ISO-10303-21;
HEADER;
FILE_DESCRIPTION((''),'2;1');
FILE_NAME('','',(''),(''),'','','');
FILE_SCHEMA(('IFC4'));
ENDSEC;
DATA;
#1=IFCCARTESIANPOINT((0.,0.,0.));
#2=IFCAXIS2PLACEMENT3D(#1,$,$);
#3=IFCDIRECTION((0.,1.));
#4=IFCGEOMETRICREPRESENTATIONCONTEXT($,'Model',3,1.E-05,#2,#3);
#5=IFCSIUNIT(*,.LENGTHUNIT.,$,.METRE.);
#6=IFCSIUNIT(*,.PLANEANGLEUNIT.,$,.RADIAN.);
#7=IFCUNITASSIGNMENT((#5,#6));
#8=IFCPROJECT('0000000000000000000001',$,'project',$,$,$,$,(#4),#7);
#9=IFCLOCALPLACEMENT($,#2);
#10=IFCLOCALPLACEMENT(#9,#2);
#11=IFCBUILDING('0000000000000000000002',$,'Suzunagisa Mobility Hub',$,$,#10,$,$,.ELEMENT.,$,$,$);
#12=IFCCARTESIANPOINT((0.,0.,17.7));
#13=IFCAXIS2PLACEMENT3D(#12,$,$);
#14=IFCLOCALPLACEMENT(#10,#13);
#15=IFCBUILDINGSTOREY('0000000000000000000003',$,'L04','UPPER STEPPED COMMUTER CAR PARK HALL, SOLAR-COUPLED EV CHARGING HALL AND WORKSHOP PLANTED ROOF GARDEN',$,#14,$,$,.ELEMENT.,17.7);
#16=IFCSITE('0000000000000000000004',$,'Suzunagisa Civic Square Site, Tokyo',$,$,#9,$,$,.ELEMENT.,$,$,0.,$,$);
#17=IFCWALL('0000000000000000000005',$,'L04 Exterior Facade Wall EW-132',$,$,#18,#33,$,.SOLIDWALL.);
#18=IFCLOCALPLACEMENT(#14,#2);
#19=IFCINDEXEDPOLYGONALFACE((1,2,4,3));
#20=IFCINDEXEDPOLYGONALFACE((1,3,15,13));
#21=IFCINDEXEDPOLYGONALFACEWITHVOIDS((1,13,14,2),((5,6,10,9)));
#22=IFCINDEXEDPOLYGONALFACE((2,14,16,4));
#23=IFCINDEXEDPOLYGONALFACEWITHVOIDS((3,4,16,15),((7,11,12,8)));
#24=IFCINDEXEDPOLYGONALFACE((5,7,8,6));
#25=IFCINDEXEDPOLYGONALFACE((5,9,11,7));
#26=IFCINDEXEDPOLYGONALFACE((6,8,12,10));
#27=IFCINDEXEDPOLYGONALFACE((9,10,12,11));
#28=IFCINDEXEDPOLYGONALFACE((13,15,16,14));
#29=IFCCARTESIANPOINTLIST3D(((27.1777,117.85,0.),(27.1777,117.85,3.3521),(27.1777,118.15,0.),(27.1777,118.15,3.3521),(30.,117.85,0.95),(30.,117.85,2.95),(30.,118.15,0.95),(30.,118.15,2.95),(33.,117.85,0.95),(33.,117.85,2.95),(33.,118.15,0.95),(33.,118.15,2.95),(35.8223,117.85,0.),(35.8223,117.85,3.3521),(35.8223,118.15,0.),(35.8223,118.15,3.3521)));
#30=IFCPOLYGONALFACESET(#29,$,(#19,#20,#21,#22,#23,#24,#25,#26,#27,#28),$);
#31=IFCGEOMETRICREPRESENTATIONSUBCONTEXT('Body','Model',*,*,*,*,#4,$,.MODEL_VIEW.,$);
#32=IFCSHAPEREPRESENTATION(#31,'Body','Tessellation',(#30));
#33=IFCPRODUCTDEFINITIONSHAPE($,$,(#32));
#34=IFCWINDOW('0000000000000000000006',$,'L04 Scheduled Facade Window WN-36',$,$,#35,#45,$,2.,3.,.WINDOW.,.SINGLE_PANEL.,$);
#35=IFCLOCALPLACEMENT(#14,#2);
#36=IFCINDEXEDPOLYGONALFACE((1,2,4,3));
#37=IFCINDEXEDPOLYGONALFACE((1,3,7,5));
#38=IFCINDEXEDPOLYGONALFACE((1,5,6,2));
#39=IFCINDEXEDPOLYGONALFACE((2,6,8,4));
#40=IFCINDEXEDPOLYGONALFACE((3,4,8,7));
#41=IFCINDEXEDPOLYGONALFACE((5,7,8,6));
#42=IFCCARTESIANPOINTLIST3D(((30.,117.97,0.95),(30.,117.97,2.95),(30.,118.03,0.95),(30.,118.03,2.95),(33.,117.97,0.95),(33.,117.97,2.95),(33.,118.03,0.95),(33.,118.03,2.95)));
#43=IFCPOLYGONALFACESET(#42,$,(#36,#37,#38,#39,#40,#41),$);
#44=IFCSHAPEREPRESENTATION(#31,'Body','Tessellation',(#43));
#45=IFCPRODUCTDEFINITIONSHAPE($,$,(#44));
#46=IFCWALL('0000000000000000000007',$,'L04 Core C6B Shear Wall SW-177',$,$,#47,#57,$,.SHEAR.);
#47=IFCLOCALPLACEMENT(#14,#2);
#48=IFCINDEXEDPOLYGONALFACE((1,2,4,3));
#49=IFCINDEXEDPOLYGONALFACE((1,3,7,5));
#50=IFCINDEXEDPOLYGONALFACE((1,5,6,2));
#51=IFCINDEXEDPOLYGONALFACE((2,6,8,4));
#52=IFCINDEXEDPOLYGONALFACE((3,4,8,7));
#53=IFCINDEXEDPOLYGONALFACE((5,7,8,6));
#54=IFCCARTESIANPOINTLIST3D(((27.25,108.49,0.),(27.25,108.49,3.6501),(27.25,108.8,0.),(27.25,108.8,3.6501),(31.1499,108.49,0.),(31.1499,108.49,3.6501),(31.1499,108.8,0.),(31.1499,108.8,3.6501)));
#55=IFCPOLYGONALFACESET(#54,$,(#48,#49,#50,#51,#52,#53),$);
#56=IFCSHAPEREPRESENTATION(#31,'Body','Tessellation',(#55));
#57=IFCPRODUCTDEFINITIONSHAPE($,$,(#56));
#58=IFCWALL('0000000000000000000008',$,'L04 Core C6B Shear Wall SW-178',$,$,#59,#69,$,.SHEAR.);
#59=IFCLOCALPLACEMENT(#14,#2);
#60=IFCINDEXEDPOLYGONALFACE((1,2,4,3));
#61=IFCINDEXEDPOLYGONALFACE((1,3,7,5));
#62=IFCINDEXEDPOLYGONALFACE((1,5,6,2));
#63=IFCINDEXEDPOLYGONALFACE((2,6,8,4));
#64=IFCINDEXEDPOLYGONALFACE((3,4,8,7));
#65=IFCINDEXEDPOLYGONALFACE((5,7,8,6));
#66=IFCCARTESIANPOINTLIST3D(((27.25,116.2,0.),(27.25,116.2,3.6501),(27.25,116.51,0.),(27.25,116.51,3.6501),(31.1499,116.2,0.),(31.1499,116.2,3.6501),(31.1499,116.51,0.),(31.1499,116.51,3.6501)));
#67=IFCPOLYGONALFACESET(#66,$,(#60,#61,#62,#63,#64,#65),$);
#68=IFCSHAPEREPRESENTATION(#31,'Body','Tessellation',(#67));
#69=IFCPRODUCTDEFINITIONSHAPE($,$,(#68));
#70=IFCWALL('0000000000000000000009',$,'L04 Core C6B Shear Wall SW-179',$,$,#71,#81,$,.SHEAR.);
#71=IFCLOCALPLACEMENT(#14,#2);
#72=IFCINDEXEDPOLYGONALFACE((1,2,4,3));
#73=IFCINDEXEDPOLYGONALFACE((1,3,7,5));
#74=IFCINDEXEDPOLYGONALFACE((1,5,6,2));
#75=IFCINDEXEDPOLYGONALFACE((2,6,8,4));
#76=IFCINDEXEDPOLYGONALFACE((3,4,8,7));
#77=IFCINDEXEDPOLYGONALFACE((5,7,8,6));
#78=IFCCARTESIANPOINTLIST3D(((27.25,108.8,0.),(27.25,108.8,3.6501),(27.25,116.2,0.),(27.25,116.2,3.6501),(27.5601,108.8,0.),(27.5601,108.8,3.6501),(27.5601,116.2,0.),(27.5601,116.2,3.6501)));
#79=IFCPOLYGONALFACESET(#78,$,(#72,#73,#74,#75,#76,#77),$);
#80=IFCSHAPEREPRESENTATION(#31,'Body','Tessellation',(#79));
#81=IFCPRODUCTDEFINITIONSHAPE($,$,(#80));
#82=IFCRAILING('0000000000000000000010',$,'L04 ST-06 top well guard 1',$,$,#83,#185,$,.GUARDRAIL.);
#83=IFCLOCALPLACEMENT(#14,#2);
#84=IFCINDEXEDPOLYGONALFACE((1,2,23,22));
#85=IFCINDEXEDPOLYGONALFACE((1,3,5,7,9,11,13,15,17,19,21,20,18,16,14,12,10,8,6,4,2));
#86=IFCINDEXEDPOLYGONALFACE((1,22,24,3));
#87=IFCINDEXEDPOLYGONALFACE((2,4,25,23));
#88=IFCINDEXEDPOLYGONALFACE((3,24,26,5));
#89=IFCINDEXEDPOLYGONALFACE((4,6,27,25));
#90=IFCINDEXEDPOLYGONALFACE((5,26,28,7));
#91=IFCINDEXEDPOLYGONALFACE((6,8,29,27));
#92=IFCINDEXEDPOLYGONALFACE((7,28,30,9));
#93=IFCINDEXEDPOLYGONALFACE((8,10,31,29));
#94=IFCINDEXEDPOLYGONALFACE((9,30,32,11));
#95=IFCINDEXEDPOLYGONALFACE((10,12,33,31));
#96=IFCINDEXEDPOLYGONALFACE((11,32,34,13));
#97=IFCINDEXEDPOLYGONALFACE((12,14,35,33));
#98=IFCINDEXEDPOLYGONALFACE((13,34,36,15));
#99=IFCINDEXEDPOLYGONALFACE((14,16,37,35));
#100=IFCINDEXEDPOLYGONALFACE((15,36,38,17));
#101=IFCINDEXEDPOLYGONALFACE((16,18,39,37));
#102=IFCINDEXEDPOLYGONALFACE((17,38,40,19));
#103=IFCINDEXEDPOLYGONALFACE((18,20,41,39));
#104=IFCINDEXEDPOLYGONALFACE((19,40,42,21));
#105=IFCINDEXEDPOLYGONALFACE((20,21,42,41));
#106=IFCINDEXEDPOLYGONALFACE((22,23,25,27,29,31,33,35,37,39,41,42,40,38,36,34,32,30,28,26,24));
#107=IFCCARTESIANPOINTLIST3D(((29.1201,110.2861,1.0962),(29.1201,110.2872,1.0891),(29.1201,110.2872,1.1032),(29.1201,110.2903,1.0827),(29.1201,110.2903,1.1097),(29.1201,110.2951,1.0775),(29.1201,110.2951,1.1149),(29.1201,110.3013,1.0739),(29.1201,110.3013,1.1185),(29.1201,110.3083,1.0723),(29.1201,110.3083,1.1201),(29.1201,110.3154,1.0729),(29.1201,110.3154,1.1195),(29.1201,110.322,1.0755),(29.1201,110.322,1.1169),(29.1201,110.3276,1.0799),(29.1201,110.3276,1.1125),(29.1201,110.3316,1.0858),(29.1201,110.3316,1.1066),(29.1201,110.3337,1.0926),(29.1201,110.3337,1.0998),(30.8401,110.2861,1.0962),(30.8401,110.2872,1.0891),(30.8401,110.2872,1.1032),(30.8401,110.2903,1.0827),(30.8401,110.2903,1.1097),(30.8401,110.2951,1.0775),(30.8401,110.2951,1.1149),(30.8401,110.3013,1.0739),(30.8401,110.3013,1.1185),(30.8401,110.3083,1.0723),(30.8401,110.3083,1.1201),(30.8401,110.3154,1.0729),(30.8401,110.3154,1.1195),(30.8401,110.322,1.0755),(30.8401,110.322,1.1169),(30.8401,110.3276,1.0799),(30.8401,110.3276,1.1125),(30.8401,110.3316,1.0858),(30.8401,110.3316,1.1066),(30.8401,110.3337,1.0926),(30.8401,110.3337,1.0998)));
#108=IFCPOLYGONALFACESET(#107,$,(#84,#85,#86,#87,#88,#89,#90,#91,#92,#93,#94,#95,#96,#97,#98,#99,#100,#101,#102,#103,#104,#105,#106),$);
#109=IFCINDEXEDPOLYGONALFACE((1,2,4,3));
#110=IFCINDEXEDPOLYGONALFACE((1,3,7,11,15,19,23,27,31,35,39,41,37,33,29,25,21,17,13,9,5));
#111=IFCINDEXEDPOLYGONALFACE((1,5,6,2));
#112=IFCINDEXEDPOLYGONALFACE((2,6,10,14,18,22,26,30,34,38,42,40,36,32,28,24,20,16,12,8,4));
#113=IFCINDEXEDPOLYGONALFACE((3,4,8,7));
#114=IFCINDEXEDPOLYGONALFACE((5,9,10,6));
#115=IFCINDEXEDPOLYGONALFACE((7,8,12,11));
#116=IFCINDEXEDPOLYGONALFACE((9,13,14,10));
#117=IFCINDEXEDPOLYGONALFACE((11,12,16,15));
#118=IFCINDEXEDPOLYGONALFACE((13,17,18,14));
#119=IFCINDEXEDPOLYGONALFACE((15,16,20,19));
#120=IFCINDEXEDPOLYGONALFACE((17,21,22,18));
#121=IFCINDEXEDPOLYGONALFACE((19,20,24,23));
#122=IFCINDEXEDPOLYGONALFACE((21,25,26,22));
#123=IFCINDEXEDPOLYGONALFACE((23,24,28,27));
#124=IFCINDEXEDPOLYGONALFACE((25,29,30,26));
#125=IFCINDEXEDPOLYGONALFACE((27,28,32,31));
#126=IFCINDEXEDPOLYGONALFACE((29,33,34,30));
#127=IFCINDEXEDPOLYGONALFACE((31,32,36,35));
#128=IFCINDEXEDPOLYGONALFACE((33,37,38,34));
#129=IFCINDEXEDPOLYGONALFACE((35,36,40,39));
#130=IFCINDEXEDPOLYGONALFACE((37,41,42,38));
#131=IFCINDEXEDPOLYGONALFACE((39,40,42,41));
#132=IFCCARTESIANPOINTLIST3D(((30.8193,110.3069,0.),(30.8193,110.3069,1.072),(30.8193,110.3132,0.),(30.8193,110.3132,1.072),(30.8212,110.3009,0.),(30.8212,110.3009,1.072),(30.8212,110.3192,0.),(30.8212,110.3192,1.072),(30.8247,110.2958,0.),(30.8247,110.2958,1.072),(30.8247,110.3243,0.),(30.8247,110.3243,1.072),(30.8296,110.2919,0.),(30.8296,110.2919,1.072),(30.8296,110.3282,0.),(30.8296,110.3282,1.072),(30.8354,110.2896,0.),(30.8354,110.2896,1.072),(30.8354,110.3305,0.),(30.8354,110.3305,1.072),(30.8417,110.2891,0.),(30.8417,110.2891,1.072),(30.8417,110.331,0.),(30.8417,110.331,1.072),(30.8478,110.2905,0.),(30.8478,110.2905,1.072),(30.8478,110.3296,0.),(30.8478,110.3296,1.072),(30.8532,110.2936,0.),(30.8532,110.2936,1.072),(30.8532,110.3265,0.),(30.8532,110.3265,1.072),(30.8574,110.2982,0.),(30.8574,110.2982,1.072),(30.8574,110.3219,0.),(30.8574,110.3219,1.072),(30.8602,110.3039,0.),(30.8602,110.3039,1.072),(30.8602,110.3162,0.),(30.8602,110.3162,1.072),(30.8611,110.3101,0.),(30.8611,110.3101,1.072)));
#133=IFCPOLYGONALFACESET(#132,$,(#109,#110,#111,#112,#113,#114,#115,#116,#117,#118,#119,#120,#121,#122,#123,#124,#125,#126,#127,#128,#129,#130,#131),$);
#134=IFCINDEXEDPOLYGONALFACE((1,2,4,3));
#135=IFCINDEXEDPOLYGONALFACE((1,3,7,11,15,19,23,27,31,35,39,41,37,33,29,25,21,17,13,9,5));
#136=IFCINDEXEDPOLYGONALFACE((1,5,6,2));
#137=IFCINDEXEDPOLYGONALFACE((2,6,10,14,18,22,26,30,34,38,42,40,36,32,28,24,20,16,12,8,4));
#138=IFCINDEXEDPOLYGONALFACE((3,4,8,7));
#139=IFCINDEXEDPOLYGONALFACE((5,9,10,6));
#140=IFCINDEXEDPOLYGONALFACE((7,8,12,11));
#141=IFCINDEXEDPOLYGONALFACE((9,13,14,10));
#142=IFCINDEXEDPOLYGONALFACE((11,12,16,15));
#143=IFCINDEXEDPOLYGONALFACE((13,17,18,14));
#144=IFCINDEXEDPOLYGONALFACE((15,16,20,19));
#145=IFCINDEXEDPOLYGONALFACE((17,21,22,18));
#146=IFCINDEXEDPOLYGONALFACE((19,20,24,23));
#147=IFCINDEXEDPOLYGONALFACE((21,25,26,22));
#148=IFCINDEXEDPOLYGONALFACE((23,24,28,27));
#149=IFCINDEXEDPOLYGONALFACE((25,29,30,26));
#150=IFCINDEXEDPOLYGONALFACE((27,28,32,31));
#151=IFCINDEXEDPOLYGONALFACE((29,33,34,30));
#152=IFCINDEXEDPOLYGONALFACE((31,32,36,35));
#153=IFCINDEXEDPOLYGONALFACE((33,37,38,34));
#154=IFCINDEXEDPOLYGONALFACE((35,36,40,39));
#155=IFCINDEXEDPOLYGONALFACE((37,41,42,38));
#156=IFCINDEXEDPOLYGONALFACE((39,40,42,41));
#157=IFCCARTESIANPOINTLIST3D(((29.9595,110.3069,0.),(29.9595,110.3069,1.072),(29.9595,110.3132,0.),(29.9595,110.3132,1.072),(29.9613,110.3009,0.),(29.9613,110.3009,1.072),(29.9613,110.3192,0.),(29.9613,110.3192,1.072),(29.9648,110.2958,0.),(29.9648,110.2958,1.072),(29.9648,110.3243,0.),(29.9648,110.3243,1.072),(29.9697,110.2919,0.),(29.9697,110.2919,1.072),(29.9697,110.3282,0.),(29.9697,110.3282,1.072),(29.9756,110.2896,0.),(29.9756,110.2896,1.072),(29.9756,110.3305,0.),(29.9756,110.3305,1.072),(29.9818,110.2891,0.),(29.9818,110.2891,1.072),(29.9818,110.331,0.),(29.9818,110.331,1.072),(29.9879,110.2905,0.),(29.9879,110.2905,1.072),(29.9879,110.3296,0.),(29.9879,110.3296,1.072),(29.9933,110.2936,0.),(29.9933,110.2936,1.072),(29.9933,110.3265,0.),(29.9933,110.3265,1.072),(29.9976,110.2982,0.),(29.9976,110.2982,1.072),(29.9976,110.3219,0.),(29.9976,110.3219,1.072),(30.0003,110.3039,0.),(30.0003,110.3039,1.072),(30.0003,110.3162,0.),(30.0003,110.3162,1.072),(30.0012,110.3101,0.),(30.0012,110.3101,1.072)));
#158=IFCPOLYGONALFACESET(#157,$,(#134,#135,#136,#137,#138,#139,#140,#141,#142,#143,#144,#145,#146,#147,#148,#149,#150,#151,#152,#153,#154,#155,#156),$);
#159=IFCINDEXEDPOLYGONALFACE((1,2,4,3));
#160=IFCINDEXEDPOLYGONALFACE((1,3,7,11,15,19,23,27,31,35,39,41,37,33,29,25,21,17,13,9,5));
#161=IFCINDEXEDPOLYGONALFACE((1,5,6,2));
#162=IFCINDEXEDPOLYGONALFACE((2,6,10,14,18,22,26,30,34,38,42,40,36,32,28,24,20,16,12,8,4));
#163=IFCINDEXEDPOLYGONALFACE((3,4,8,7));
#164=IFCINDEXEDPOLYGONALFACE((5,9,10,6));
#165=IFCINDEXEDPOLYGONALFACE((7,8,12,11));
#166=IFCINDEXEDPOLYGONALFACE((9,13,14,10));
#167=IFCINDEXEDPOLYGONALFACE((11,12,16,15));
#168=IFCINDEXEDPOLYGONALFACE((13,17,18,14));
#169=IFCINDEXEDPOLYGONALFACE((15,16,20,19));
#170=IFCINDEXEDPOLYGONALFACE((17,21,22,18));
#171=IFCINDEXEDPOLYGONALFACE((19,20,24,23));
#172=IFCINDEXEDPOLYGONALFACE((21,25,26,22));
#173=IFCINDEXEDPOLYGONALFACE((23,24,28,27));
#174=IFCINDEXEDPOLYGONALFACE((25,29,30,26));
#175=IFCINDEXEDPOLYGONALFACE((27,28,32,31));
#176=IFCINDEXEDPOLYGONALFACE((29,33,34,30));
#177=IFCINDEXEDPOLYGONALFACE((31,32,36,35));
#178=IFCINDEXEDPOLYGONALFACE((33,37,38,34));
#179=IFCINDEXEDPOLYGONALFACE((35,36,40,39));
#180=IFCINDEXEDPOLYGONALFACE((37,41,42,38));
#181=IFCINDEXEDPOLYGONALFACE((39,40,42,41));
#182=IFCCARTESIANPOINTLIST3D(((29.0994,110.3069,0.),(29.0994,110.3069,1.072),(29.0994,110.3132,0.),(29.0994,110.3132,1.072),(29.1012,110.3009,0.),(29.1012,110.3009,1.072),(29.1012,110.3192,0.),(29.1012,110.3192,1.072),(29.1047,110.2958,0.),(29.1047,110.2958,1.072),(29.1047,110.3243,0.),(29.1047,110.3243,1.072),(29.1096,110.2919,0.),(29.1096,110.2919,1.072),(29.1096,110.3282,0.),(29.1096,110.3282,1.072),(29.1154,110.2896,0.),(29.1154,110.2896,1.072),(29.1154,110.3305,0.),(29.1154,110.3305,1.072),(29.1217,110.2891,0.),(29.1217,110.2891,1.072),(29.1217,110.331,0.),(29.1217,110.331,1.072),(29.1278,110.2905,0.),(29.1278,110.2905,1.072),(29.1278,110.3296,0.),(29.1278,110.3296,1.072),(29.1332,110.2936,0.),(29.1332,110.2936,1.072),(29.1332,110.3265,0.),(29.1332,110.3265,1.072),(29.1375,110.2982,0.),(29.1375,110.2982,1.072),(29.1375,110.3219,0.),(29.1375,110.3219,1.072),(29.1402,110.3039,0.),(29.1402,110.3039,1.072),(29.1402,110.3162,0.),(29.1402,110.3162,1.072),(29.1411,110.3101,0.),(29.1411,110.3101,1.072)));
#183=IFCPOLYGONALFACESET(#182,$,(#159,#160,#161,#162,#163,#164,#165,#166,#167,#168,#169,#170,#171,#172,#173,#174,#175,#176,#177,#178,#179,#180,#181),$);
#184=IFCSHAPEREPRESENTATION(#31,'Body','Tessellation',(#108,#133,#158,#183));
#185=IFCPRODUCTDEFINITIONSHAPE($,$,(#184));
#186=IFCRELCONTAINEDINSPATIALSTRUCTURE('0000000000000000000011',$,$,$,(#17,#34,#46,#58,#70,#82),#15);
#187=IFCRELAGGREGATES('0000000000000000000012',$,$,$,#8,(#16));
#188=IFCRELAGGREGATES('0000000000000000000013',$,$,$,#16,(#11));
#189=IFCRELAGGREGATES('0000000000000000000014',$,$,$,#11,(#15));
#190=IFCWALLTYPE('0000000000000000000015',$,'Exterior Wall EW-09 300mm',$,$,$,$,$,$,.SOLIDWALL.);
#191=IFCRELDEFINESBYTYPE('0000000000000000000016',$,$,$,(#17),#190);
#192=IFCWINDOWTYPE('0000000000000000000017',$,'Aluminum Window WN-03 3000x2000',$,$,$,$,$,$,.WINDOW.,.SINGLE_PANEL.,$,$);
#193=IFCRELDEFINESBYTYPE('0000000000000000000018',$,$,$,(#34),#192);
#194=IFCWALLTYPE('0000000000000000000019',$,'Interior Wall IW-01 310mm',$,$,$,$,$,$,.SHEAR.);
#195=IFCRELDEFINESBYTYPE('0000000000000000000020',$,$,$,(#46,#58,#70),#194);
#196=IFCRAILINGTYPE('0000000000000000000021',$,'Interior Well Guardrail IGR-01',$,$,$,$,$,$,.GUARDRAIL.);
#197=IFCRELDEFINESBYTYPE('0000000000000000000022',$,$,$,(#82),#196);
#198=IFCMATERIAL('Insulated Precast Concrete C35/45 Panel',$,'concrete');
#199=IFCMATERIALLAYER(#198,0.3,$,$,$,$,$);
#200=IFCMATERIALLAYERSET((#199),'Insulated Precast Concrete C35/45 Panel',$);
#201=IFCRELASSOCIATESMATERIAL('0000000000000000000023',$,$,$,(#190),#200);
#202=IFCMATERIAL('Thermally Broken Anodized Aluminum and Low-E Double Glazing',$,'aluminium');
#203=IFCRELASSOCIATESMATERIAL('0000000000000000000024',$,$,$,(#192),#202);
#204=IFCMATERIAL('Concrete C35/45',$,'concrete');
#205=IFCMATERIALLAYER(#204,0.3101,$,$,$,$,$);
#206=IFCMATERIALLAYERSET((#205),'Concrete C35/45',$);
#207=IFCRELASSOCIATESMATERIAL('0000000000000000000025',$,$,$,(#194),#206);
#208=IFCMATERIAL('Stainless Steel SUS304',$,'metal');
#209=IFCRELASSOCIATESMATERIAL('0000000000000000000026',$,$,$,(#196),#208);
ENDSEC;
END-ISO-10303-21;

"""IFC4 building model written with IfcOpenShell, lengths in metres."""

from ifc_helpers import new_model, si_unit, direction, frame, frame_2d, origin, origin_2d, place, context, subcontext, project, spatial, rectangle, circle, extrude, material, layer, layer_set, type_object, element, fill, save


model = new_model("IFC4")

# Units and contexts
model_context = context("Model", 3, precision=1e-05, world=origin(), true_north=direction((0.0, 1.0)))
body_context = subcontext(model_context, "Body", "Model", "MODEL_VIEW")
ifc_project = project(units=[si_unit("LENGTHUNIT", "METRE"), si_unit("PLANEANGLEUNIT", "RADIAN")], contexts=[model_context])

# Site, building, storey
site_placement = place(None, origin())
site = spatial("IfcSite", under=ifc_project, at=site_placement, Name="Suzunagisa Civic Square Site, Tokyo", CompositionType="ELEMENT", RefElevation=0.0)
building_placement = place(site_placement, origin())
building = spatial("IfcBuilding", under=site, at=building_placement, Name="Suzunagisa Mobility Hub", CompositionType="ELEMENT")
storey_placement = place(building_placement, frame((0.0, 0.0, 17.7)))
storey = spatial("IfcBuildingStorey", under=building, at=storey_placement, Name="L04", Description="UPPER STEPPED COMMUTER CAR PARK HALL, SOLAR-COUPLED EV CHARGING HALL AND WORKSHOP PLANTED ROOF GARDEN", CompositionType="ELEMENT", Elevation=17.7)

# Wall, opening, window
ifc_material_1 = material(Name="Insulated Precast Concrete C35/45 Panel", Category="concrete")
ifc_layer_1 = layer(ifc_material_1, 0.3)
ifc_layer_set_1 = layer_set([ifc_layer_1], Name="Insulated Precast Concrete C35/45 Panel")
wall_type_1 = type_object("IfcWallType", Name="Exterior Wall EW-09 300mm", PredefinedType="SOLIDWALL", material=ifc_layer_set_1)
wall_1_placement = place(storey_placement, frame((35.8223, 118.0, 0.0), z_axis=(0.0, 0.0, 1.0), x_axis=(-1.0, 0.0, 0.0)))
wall_1 = element("IfcWall", 1, at=wall_1_placement, inside=storey, type_object=wall_type_1, Name="L04 Exterior Facade Wall EW-132", PredefinedType="SOLIDWALL", context=body_context, shape_type="SweptSolid", body=[
    extrude(rectangle(XDim=8.6445, YDim=0.3, at=frame_2d((4.3223, 0.0))), origin(), (0.0, 0.0, 1.0), 3.3521),
])
opening_1_placement = place(wall_1_placement, frame((2.8223, 0.0, 0.95)))
opening_1 = element("IfcOpeningElement", 2, at=opening_1_placement, cuts=wall_1, PredefinedType="OPENING", context=body_context, shape_type="SweptSolid", body=[
    extrude(rectangle(XDim=3.0, YDim=2.0, at=frame_2d((1.5, 1.0))), frame((0.0, 0.1611, 0.0), z_axis=(0.0, -1.0, 0.0), x_axis=(1.0, 0.0, 0.0)), (0.0, 0.0, 1.0), 0.322),
])
ifc_material_2 = material(Name="Thermally Broken Anodized Aluminum and Low-E Double Glazing", Category="aluminium")
window_type = type_object("IfcWindowType", Name="Aluminum Window WN-03 3000x2000", PartitioningType="SINGLE_PANEL", PredefinedType="WINDOW", material=ifc_material_2)
window_placement = place(opening_1_placement, origin())
window = element("IfcWindow", 3, at=window_placement, inside=storey, type_object=window_type, Name="L04 Scheduled Facade Window WN-36", OverallHeight=2.0, OverallWidth=3.0, PartitioningType="SINGLE_PANEL", PredefinedType="WINDOW", context=body_context, shape_type="SweptSolid", body=[
    extrude(rectangle(XDim=3.0, YDim=2.0, at=frame_2d((1.5, 1.0))), frame((0.0, 0.03, 0.0), z_axis=(0.0, -1.0, 0.0), x_axis=(1.0, 0.0, 0.0)), (0.0, 0.0, 1.0), 0.0601),
])
fill(opening_1, window)

# Walls
ifc_material_3 = material(Name="Concrete C35/45", Category="concrete")
ifc_layer_2 = layer(ifc_material_3, 0.3101)
ifc_layer_set_2 = layer_set([ifc_layer_2], Name="Concrete C35/45")
wall_type_2 = type_object("IfcWallType", Name="Interior Wall IW-01 310mm", PredefinedType="SHEAR", material=ifc_layer_set_2)
for number, where, z_axis, x_axis, name in (
    (4, (27.25, 108.645, 0.0), (0.0, 0.0, 1.0), (1.0, 0.0, 0.0), "L04 Core C6B Shear Wall SW-177"),
    (5, (27.25, 116.355, 0.0), (0.0, 0.0, 1.0), (1.0, 0.0, 0.0), "L04 Core C6B Shear Wall SW-178"),
):
    element("IfcWall", number, at=place(storey_placement, frame(where, z_axis=z_axis, x_axis=x_axis)), inside=storey, type_object=wall_type_2, Name=name, PredefinedType="SHEAR", context=body_context, shape_type="SweptSolid", body=[
        extrude(rectangle(XDim=3.8999, YDim=0.3101, at=frame_2d((1.95, 0.0))), origin(), (0.0, 0.0, 1.0), 3.6501),
    ])
wall_2_placement = place(storey_placement, frame((27.405, 108.8, 0.0), z_axis=(0.0, 0.0, 1.0), x_axis=(0.0, 1.0, 0.0)))
element("IfcWall", 6, at=wall_2_placement, inside=storey, type_object=wall_type_2, Name="L04 Core C6B Shear Wall SW-179", PredefinedType="SHEAR", context=body_context, shape_type="SweptSolid", body=[
    extrude(rectangle(XDim=7.3999, YDim=0.3101, at=frame_2d((3.7, 0.0))), origin(), (0.0, 0.0, 1.0), 3.6501),
])

# Railing
ifc_material_4 = material(Name="Stainless Steel SUS304", Category="metal")
railing_type = type_object("IfcRailingType", Name="Interior Well Guardrail IGR-01", PredefinedType="GUARDRAIL", material=ifc_material_4)
railing_placement = place(storey_placement, frame((30.8401, 110.3101, 0.0)))
element("IfcRailing", 7, at=railing_placement, inside=storey, type_object=railing_type, Name="L04 ST-06 top well guard 1", PredefinedType="GUARDRAIL", context=body_context, shape_type="SweptSolid", body=[
    extrude(circle(Radius=0.0239, at=origin_2d()), frame((0.0, 0.0, 1.0962), z_axis=(-1.0, 0.0, 0.0), x_axis=(0.0, -1.0, 0.0)), (0.0, 0.0, 1.0), 1.72),
    extrude(circle(Radius=0.021, at=origin_2d()), origin(), (0.0, 0.0, 1.0), 1.072),
    extrude(circle(Radius=0.021, at=origin_2d()), frame((-0.8599, 0.0, 0.0)), (0.0, 0.0, 1.0), 1.072),
    extrude(circle(Radius=0.021, at=origin_2d()), frame((-1.72, 0.0, 0.0)), (0.0, 0.0, 1.0), 1.072),
])

save(model, "model.ifc")
